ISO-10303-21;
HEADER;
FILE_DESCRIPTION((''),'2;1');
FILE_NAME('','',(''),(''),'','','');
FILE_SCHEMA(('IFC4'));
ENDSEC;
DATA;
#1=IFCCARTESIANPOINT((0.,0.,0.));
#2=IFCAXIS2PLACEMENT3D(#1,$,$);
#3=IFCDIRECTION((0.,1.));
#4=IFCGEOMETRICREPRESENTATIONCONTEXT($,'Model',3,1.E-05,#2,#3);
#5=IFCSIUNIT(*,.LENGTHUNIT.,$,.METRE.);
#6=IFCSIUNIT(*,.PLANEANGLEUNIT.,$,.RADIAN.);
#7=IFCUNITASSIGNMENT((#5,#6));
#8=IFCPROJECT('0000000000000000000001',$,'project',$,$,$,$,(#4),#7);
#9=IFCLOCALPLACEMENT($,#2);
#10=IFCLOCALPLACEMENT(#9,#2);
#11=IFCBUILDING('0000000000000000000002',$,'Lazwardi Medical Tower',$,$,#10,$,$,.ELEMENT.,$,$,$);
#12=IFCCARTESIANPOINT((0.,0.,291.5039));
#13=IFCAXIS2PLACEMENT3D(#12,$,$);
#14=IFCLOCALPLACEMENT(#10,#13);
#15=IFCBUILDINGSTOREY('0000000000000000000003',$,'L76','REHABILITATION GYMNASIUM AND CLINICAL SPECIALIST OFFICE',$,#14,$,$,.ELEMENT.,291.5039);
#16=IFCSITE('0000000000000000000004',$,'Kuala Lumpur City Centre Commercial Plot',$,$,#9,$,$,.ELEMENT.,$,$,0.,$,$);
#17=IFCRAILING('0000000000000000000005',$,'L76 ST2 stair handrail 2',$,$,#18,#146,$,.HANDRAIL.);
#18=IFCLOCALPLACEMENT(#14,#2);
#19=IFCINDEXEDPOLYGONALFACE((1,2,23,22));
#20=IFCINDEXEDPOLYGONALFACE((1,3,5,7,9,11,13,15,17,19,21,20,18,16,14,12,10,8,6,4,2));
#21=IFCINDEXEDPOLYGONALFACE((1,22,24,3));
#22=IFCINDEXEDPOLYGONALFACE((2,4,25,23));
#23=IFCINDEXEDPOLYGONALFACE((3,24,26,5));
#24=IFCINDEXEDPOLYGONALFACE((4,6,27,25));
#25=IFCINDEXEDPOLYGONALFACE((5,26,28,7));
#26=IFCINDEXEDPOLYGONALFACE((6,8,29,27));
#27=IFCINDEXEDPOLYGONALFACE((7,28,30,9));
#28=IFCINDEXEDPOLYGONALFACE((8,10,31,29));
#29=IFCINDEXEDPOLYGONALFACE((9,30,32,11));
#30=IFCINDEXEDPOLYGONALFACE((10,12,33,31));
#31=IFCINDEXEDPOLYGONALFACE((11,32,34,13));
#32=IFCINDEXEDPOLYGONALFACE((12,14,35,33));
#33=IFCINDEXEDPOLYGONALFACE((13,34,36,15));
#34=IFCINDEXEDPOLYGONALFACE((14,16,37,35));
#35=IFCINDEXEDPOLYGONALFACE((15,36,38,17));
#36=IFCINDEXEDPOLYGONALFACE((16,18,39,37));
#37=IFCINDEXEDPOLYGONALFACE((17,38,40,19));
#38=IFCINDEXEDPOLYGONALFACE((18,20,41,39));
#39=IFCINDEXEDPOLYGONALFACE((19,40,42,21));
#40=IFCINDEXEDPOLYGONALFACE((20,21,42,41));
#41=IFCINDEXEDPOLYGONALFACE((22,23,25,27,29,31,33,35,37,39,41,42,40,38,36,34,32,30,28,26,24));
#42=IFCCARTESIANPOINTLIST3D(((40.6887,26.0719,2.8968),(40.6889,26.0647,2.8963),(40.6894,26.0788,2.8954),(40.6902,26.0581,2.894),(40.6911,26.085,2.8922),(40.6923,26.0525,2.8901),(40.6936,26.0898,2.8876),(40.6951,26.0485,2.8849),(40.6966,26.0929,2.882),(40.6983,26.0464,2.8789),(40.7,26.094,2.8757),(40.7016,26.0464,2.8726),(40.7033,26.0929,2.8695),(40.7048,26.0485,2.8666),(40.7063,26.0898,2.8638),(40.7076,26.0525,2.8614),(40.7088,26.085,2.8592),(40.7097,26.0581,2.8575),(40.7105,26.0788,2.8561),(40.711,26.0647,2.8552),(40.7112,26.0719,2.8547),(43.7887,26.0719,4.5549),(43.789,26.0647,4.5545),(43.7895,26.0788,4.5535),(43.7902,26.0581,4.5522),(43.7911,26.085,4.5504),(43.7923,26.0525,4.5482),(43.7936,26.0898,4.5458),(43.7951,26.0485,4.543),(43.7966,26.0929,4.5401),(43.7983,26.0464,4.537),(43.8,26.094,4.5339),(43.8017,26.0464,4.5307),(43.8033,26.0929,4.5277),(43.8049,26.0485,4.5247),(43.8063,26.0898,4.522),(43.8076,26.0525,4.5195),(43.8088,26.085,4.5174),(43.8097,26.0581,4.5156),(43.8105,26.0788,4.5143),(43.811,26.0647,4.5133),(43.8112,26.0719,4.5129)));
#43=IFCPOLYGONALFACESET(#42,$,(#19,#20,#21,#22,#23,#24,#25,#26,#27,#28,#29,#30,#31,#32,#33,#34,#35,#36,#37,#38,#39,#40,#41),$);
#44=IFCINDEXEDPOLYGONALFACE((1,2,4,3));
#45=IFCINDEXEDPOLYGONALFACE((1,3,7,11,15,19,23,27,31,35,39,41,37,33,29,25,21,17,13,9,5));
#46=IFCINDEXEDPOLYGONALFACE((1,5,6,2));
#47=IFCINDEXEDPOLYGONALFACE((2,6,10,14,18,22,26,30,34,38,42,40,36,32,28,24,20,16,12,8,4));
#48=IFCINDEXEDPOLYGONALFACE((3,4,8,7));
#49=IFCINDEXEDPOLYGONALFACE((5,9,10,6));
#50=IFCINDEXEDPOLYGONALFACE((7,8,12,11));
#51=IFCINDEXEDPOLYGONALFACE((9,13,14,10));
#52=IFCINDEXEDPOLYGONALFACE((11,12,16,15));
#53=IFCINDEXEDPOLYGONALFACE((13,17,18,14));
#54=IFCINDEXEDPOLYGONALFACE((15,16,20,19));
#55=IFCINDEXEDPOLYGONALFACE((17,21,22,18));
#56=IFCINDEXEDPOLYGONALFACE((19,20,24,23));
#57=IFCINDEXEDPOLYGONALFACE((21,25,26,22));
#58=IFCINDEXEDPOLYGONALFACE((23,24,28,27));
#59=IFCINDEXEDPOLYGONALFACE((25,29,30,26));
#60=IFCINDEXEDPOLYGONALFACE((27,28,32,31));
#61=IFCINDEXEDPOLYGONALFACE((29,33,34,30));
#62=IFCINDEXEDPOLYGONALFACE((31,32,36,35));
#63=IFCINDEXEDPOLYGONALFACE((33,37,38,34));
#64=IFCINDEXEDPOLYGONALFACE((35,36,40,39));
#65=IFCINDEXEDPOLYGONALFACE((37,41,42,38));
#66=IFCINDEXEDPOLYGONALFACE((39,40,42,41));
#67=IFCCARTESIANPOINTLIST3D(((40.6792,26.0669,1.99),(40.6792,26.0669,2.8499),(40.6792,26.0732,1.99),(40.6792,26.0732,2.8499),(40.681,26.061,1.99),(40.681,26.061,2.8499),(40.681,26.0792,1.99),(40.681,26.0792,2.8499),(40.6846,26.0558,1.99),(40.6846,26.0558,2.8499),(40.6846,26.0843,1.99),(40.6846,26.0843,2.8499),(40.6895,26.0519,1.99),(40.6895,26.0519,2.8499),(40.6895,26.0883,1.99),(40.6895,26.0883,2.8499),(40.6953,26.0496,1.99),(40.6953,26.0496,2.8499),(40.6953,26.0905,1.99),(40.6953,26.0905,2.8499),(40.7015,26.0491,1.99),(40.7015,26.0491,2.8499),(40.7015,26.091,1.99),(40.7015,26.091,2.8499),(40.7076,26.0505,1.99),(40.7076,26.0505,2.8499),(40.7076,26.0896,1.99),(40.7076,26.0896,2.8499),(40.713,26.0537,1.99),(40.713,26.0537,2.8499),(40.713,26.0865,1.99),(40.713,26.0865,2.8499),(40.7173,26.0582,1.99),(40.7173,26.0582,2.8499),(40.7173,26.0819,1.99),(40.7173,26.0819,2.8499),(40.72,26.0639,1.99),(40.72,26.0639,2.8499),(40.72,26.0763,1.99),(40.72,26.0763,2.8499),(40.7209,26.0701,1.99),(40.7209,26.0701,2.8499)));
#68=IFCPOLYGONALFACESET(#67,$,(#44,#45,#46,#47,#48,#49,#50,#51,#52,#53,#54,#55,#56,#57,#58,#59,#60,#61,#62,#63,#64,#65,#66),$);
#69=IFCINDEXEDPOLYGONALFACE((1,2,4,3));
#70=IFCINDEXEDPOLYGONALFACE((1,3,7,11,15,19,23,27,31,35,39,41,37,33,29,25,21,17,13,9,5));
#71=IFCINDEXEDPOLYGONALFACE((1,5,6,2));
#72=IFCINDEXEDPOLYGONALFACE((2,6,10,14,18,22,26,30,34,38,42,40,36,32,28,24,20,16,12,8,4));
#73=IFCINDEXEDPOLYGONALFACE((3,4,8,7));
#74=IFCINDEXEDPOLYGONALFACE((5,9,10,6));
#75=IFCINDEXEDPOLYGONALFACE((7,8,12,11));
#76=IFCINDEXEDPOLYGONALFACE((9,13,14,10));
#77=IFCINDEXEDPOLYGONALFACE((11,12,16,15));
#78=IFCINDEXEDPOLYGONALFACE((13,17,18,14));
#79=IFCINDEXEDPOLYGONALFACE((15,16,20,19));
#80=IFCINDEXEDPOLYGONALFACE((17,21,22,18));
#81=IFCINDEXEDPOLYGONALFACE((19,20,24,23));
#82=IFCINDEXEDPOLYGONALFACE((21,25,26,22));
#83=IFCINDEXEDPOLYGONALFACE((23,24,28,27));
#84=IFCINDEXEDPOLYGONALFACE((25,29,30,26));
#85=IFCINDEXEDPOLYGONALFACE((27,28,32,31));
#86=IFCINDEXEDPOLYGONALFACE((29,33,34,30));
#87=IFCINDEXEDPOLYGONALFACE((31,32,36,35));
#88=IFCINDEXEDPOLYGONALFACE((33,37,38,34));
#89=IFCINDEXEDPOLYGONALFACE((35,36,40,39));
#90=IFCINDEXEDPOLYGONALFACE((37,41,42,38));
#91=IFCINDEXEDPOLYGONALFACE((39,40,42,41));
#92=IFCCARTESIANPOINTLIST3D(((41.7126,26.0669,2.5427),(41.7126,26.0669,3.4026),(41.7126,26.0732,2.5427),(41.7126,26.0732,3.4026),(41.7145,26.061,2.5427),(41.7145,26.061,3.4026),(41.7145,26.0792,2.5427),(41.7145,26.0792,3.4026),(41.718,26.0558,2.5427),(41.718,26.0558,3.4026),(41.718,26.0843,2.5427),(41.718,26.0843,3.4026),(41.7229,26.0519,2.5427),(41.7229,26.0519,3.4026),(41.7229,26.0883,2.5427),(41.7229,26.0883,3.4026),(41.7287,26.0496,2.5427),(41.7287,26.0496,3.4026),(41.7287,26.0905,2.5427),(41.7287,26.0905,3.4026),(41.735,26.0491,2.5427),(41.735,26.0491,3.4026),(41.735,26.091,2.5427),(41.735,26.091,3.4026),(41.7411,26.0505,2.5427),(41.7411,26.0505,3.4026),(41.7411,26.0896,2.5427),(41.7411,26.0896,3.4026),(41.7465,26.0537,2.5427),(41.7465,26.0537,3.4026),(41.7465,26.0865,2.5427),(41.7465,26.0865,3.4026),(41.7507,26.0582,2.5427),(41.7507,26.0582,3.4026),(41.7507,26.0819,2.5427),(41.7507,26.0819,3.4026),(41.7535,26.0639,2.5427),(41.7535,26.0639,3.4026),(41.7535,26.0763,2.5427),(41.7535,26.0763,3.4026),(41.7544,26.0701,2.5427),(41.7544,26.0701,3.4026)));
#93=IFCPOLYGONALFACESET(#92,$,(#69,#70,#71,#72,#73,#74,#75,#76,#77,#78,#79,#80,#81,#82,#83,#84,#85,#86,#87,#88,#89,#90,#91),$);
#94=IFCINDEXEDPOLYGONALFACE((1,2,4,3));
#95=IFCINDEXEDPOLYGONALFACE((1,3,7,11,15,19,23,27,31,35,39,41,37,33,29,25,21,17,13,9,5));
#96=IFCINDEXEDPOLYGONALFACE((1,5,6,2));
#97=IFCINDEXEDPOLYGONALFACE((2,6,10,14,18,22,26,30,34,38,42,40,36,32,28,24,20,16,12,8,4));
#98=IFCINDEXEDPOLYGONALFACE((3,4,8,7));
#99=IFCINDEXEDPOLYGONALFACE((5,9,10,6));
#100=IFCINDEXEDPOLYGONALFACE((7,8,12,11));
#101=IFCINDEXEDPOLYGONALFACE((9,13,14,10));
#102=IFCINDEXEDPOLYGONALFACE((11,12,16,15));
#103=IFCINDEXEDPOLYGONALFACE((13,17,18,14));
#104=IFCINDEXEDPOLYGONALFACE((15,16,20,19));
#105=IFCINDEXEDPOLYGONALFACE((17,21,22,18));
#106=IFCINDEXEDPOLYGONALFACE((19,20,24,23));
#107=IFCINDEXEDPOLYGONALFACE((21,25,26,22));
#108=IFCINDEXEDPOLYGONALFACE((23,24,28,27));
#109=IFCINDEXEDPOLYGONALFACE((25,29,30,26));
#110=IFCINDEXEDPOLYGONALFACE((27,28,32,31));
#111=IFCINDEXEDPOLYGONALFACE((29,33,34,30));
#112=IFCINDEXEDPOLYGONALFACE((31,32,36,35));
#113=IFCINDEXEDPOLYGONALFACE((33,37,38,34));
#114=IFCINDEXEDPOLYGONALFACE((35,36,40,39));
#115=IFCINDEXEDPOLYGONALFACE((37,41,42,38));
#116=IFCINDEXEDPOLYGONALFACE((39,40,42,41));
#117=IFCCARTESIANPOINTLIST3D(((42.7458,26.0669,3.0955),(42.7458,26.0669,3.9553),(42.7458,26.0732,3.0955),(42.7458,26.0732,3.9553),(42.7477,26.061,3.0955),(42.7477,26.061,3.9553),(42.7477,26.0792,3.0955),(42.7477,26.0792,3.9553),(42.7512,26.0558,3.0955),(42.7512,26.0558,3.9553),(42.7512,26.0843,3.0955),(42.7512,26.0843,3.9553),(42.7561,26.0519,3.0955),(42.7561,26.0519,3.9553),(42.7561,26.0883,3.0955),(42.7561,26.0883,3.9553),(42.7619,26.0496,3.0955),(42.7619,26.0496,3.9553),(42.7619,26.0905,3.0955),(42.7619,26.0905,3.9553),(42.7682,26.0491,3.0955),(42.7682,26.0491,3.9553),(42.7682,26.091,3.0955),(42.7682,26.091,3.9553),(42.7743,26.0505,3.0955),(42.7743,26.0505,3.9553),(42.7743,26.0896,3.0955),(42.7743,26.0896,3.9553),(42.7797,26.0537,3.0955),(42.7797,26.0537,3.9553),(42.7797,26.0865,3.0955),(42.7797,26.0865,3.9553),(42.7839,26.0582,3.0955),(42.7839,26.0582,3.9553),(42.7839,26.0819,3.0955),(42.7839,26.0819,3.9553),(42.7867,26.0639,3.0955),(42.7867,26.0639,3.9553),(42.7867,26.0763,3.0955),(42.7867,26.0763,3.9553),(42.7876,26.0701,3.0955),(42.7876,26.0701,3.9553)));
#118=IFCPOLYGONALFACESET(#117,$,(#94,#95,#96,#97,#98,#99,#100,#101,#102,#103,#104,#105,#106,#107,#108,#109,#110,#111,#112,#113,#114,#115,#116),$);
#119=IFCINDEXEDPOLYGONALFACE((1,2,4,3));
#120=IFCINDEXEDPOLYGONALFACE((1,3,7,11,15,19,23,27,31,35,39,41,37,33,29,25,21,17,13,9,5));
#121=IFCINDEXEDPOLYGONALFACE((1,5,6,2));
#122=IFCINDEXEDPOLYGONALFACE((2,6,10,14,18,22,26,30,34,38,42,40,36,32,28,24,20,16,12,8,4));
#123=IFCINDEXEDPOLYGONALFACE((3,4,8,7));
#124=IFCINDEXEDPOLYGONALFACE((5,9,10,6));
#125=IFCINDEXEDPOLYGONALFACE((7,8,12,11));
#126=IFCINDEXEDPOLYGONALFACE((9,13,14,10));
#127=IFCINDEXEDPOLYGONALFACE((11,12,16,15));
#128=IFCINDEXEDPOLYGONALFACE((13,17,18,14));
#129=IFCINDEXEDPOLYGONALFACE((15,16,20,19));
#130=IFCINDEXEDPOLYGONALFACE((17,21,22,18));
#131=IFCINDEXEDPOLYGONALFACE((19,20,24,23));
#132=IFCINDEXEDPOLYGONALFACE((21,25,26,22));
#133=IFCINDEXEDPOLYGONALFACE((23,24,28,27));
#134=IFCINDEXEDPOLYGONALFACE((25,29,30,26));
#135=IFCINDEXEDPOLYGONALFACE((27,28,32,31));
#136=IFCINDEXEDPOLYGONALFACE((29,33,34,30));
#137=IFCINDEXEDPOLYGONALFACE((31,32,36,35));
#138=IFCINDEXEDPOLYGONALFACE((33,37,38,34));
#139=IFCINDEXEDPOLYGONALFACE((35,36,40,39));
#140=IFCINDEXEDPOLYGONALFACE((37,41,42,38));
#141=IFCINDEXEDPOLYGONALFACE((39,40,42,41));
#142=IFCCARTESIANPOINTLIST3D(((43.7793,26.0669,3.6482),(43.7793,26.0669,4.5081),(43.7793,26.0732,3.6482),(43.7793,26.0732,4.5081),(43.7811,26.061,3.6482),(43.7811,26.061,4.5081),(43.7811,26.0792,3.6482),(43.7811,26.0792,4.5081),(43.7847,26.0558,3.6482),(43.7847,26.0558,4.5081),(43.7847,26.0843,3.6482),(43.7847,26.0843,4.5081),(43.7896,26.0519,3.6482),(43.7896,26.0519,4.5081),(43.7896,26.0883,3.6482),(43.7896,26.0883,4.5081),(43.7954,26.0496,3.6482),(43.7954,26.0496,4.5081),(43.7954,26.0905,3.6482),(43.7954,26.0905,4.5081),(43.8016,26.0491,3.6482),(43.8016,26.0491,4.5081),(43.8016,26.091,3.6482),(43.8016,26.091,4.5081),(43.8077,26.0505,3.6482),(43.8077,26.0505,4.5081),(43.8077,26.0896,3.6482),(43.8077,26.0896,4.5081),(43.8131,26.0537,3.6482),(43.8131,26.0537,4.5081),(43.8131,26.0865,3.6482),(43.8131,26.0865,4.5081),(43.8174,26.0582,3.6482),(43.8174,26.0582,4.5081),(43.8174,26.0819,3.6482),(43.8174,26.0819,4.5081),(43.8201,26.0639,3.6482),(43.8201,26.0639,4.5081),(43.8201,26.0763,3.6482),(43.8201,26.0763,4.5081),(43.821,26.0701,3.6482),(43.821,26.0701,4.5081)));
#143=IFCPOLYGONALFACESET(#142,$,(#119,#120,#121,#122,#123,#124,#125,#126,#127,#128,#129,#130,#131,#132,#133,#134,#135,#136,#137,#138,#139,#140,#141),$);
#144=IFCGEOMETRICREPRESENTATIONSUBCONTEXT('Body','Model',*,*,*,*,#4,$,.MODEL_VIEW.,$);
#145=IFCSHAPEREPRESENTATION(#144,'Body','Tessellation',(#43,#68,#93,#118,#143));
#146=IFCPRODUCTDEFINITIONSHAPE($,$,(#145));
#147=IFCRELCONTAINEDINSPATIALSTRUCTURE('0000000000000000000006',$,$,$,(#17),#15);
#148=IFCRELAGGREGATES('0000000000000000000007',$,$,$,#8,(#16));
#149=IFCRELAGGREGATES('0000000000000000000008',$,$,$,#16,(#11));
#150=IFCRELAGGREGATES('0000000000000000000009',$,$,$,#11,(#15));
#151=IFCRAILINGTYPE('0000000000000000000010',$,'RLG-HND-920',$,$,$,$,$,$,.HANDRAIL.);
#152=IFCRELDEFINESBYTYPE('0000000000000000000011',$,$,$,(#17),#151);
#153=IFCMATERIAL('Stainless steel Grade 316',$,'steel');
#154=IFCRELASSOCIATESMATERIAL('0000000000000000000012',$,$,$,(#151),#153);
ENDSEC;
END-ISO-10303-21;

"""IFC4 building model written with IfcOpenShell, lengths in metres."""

from ifc_helpers import new_model, si_unit, direction, frame, origin, origin_2d, place, context, subcontext, project, spatial, circle, extrude, material, type_object, element, save


model = new_model("IFC4")

# Units and contexts
model_context = context("Model", 3, precision=1e-05, world=origin(), true_north=direction((0.0, 1.0)))
body_context = subcontext(model_context, "Body", "Model", "MODEL_VIEW")
ifc_project = project(units=[si_unit("LENGTHUNIT", "METRE"), si_unit("PLANEANGLEUNIT", "RADIAN")], contexts=[model_context])

# Site, building, storey
site_placement = place(None, origin())
site = spatial("IfcSite", under=ifc_project, at=site_placement, Name="Kuala Lumpur City Centre Commercial Plot", CompositionType="ELEMENT", RefElevation=0.0)
building_placement = place(site_placement, origin())
building = spatial("IfcBuilding", under=site, at=building_placement, Name="Lazwardi Medical Tower", CompositionType="ELEMENT")
storey_placement = place(building_placement, frame((0.0, 0.0, 291.5039)))
storey = spatial("IfcBuildingStorey", under=building, at=storey_placement, Name="L76", Description="REHABILITATION GYMNASIUM AND CLINICAL SPECIALIST OFFICE", CompositionType="ELEMENT", Elevation=291.5039)

# Railing
ifc_material_1 = material(Name="Stainless steel Grade 316", Category="steel")
railing_type_1 = type_object("IfcRailingType", Name="RLG-HND-920", PredefinedType="HANDRAIL", material=ifc_material_1)
railing_1_placement = place(storey_placement, frame((40.7, 26.0701, 1.99)))
element("IfcRailing", 1, at=railing_1_placement, inside=storey, type_object=railing_type_1, Name="L76 ST2 stair handrail 2", PredefinedType="HANDRAIL", context=body_context, shape_type="SweptSolid", body=[
    extrude(circle(Radius=0.0239, at=origin_2d()), frame((0.0, 0.0, 0.8857), z_axis=(0.881783, 0.0, 0.471655), x_axis=(0.0, 1.0, 0.0)), (0.0, 0.0, 1.0), 3.5156),
    extrude(circle(Radius=0.021, at=origin_2d()), origin(), (0.0, 0.0, 1.0), 0.8599),
    extrude(circle(Radius=0.021, at=origin_2d()), frame((1.0334, 0.0, 0.5527)), (0.0, 0.0, 1.0), 0.8599),
    extrude(circle(Radius=0.021, at=origin_2d()), frame((2.0667, 0.0, 1.1055)), (0.0, 0.0, 1.0), 0.8599),
    extrude(circle(Radius=0.021, at=origin_2d()), frame((3.1001, 0.0, 1.6582)), (0.0, 0.0, 1.0), 0.8599),
])

save(model, "model.ifc")
